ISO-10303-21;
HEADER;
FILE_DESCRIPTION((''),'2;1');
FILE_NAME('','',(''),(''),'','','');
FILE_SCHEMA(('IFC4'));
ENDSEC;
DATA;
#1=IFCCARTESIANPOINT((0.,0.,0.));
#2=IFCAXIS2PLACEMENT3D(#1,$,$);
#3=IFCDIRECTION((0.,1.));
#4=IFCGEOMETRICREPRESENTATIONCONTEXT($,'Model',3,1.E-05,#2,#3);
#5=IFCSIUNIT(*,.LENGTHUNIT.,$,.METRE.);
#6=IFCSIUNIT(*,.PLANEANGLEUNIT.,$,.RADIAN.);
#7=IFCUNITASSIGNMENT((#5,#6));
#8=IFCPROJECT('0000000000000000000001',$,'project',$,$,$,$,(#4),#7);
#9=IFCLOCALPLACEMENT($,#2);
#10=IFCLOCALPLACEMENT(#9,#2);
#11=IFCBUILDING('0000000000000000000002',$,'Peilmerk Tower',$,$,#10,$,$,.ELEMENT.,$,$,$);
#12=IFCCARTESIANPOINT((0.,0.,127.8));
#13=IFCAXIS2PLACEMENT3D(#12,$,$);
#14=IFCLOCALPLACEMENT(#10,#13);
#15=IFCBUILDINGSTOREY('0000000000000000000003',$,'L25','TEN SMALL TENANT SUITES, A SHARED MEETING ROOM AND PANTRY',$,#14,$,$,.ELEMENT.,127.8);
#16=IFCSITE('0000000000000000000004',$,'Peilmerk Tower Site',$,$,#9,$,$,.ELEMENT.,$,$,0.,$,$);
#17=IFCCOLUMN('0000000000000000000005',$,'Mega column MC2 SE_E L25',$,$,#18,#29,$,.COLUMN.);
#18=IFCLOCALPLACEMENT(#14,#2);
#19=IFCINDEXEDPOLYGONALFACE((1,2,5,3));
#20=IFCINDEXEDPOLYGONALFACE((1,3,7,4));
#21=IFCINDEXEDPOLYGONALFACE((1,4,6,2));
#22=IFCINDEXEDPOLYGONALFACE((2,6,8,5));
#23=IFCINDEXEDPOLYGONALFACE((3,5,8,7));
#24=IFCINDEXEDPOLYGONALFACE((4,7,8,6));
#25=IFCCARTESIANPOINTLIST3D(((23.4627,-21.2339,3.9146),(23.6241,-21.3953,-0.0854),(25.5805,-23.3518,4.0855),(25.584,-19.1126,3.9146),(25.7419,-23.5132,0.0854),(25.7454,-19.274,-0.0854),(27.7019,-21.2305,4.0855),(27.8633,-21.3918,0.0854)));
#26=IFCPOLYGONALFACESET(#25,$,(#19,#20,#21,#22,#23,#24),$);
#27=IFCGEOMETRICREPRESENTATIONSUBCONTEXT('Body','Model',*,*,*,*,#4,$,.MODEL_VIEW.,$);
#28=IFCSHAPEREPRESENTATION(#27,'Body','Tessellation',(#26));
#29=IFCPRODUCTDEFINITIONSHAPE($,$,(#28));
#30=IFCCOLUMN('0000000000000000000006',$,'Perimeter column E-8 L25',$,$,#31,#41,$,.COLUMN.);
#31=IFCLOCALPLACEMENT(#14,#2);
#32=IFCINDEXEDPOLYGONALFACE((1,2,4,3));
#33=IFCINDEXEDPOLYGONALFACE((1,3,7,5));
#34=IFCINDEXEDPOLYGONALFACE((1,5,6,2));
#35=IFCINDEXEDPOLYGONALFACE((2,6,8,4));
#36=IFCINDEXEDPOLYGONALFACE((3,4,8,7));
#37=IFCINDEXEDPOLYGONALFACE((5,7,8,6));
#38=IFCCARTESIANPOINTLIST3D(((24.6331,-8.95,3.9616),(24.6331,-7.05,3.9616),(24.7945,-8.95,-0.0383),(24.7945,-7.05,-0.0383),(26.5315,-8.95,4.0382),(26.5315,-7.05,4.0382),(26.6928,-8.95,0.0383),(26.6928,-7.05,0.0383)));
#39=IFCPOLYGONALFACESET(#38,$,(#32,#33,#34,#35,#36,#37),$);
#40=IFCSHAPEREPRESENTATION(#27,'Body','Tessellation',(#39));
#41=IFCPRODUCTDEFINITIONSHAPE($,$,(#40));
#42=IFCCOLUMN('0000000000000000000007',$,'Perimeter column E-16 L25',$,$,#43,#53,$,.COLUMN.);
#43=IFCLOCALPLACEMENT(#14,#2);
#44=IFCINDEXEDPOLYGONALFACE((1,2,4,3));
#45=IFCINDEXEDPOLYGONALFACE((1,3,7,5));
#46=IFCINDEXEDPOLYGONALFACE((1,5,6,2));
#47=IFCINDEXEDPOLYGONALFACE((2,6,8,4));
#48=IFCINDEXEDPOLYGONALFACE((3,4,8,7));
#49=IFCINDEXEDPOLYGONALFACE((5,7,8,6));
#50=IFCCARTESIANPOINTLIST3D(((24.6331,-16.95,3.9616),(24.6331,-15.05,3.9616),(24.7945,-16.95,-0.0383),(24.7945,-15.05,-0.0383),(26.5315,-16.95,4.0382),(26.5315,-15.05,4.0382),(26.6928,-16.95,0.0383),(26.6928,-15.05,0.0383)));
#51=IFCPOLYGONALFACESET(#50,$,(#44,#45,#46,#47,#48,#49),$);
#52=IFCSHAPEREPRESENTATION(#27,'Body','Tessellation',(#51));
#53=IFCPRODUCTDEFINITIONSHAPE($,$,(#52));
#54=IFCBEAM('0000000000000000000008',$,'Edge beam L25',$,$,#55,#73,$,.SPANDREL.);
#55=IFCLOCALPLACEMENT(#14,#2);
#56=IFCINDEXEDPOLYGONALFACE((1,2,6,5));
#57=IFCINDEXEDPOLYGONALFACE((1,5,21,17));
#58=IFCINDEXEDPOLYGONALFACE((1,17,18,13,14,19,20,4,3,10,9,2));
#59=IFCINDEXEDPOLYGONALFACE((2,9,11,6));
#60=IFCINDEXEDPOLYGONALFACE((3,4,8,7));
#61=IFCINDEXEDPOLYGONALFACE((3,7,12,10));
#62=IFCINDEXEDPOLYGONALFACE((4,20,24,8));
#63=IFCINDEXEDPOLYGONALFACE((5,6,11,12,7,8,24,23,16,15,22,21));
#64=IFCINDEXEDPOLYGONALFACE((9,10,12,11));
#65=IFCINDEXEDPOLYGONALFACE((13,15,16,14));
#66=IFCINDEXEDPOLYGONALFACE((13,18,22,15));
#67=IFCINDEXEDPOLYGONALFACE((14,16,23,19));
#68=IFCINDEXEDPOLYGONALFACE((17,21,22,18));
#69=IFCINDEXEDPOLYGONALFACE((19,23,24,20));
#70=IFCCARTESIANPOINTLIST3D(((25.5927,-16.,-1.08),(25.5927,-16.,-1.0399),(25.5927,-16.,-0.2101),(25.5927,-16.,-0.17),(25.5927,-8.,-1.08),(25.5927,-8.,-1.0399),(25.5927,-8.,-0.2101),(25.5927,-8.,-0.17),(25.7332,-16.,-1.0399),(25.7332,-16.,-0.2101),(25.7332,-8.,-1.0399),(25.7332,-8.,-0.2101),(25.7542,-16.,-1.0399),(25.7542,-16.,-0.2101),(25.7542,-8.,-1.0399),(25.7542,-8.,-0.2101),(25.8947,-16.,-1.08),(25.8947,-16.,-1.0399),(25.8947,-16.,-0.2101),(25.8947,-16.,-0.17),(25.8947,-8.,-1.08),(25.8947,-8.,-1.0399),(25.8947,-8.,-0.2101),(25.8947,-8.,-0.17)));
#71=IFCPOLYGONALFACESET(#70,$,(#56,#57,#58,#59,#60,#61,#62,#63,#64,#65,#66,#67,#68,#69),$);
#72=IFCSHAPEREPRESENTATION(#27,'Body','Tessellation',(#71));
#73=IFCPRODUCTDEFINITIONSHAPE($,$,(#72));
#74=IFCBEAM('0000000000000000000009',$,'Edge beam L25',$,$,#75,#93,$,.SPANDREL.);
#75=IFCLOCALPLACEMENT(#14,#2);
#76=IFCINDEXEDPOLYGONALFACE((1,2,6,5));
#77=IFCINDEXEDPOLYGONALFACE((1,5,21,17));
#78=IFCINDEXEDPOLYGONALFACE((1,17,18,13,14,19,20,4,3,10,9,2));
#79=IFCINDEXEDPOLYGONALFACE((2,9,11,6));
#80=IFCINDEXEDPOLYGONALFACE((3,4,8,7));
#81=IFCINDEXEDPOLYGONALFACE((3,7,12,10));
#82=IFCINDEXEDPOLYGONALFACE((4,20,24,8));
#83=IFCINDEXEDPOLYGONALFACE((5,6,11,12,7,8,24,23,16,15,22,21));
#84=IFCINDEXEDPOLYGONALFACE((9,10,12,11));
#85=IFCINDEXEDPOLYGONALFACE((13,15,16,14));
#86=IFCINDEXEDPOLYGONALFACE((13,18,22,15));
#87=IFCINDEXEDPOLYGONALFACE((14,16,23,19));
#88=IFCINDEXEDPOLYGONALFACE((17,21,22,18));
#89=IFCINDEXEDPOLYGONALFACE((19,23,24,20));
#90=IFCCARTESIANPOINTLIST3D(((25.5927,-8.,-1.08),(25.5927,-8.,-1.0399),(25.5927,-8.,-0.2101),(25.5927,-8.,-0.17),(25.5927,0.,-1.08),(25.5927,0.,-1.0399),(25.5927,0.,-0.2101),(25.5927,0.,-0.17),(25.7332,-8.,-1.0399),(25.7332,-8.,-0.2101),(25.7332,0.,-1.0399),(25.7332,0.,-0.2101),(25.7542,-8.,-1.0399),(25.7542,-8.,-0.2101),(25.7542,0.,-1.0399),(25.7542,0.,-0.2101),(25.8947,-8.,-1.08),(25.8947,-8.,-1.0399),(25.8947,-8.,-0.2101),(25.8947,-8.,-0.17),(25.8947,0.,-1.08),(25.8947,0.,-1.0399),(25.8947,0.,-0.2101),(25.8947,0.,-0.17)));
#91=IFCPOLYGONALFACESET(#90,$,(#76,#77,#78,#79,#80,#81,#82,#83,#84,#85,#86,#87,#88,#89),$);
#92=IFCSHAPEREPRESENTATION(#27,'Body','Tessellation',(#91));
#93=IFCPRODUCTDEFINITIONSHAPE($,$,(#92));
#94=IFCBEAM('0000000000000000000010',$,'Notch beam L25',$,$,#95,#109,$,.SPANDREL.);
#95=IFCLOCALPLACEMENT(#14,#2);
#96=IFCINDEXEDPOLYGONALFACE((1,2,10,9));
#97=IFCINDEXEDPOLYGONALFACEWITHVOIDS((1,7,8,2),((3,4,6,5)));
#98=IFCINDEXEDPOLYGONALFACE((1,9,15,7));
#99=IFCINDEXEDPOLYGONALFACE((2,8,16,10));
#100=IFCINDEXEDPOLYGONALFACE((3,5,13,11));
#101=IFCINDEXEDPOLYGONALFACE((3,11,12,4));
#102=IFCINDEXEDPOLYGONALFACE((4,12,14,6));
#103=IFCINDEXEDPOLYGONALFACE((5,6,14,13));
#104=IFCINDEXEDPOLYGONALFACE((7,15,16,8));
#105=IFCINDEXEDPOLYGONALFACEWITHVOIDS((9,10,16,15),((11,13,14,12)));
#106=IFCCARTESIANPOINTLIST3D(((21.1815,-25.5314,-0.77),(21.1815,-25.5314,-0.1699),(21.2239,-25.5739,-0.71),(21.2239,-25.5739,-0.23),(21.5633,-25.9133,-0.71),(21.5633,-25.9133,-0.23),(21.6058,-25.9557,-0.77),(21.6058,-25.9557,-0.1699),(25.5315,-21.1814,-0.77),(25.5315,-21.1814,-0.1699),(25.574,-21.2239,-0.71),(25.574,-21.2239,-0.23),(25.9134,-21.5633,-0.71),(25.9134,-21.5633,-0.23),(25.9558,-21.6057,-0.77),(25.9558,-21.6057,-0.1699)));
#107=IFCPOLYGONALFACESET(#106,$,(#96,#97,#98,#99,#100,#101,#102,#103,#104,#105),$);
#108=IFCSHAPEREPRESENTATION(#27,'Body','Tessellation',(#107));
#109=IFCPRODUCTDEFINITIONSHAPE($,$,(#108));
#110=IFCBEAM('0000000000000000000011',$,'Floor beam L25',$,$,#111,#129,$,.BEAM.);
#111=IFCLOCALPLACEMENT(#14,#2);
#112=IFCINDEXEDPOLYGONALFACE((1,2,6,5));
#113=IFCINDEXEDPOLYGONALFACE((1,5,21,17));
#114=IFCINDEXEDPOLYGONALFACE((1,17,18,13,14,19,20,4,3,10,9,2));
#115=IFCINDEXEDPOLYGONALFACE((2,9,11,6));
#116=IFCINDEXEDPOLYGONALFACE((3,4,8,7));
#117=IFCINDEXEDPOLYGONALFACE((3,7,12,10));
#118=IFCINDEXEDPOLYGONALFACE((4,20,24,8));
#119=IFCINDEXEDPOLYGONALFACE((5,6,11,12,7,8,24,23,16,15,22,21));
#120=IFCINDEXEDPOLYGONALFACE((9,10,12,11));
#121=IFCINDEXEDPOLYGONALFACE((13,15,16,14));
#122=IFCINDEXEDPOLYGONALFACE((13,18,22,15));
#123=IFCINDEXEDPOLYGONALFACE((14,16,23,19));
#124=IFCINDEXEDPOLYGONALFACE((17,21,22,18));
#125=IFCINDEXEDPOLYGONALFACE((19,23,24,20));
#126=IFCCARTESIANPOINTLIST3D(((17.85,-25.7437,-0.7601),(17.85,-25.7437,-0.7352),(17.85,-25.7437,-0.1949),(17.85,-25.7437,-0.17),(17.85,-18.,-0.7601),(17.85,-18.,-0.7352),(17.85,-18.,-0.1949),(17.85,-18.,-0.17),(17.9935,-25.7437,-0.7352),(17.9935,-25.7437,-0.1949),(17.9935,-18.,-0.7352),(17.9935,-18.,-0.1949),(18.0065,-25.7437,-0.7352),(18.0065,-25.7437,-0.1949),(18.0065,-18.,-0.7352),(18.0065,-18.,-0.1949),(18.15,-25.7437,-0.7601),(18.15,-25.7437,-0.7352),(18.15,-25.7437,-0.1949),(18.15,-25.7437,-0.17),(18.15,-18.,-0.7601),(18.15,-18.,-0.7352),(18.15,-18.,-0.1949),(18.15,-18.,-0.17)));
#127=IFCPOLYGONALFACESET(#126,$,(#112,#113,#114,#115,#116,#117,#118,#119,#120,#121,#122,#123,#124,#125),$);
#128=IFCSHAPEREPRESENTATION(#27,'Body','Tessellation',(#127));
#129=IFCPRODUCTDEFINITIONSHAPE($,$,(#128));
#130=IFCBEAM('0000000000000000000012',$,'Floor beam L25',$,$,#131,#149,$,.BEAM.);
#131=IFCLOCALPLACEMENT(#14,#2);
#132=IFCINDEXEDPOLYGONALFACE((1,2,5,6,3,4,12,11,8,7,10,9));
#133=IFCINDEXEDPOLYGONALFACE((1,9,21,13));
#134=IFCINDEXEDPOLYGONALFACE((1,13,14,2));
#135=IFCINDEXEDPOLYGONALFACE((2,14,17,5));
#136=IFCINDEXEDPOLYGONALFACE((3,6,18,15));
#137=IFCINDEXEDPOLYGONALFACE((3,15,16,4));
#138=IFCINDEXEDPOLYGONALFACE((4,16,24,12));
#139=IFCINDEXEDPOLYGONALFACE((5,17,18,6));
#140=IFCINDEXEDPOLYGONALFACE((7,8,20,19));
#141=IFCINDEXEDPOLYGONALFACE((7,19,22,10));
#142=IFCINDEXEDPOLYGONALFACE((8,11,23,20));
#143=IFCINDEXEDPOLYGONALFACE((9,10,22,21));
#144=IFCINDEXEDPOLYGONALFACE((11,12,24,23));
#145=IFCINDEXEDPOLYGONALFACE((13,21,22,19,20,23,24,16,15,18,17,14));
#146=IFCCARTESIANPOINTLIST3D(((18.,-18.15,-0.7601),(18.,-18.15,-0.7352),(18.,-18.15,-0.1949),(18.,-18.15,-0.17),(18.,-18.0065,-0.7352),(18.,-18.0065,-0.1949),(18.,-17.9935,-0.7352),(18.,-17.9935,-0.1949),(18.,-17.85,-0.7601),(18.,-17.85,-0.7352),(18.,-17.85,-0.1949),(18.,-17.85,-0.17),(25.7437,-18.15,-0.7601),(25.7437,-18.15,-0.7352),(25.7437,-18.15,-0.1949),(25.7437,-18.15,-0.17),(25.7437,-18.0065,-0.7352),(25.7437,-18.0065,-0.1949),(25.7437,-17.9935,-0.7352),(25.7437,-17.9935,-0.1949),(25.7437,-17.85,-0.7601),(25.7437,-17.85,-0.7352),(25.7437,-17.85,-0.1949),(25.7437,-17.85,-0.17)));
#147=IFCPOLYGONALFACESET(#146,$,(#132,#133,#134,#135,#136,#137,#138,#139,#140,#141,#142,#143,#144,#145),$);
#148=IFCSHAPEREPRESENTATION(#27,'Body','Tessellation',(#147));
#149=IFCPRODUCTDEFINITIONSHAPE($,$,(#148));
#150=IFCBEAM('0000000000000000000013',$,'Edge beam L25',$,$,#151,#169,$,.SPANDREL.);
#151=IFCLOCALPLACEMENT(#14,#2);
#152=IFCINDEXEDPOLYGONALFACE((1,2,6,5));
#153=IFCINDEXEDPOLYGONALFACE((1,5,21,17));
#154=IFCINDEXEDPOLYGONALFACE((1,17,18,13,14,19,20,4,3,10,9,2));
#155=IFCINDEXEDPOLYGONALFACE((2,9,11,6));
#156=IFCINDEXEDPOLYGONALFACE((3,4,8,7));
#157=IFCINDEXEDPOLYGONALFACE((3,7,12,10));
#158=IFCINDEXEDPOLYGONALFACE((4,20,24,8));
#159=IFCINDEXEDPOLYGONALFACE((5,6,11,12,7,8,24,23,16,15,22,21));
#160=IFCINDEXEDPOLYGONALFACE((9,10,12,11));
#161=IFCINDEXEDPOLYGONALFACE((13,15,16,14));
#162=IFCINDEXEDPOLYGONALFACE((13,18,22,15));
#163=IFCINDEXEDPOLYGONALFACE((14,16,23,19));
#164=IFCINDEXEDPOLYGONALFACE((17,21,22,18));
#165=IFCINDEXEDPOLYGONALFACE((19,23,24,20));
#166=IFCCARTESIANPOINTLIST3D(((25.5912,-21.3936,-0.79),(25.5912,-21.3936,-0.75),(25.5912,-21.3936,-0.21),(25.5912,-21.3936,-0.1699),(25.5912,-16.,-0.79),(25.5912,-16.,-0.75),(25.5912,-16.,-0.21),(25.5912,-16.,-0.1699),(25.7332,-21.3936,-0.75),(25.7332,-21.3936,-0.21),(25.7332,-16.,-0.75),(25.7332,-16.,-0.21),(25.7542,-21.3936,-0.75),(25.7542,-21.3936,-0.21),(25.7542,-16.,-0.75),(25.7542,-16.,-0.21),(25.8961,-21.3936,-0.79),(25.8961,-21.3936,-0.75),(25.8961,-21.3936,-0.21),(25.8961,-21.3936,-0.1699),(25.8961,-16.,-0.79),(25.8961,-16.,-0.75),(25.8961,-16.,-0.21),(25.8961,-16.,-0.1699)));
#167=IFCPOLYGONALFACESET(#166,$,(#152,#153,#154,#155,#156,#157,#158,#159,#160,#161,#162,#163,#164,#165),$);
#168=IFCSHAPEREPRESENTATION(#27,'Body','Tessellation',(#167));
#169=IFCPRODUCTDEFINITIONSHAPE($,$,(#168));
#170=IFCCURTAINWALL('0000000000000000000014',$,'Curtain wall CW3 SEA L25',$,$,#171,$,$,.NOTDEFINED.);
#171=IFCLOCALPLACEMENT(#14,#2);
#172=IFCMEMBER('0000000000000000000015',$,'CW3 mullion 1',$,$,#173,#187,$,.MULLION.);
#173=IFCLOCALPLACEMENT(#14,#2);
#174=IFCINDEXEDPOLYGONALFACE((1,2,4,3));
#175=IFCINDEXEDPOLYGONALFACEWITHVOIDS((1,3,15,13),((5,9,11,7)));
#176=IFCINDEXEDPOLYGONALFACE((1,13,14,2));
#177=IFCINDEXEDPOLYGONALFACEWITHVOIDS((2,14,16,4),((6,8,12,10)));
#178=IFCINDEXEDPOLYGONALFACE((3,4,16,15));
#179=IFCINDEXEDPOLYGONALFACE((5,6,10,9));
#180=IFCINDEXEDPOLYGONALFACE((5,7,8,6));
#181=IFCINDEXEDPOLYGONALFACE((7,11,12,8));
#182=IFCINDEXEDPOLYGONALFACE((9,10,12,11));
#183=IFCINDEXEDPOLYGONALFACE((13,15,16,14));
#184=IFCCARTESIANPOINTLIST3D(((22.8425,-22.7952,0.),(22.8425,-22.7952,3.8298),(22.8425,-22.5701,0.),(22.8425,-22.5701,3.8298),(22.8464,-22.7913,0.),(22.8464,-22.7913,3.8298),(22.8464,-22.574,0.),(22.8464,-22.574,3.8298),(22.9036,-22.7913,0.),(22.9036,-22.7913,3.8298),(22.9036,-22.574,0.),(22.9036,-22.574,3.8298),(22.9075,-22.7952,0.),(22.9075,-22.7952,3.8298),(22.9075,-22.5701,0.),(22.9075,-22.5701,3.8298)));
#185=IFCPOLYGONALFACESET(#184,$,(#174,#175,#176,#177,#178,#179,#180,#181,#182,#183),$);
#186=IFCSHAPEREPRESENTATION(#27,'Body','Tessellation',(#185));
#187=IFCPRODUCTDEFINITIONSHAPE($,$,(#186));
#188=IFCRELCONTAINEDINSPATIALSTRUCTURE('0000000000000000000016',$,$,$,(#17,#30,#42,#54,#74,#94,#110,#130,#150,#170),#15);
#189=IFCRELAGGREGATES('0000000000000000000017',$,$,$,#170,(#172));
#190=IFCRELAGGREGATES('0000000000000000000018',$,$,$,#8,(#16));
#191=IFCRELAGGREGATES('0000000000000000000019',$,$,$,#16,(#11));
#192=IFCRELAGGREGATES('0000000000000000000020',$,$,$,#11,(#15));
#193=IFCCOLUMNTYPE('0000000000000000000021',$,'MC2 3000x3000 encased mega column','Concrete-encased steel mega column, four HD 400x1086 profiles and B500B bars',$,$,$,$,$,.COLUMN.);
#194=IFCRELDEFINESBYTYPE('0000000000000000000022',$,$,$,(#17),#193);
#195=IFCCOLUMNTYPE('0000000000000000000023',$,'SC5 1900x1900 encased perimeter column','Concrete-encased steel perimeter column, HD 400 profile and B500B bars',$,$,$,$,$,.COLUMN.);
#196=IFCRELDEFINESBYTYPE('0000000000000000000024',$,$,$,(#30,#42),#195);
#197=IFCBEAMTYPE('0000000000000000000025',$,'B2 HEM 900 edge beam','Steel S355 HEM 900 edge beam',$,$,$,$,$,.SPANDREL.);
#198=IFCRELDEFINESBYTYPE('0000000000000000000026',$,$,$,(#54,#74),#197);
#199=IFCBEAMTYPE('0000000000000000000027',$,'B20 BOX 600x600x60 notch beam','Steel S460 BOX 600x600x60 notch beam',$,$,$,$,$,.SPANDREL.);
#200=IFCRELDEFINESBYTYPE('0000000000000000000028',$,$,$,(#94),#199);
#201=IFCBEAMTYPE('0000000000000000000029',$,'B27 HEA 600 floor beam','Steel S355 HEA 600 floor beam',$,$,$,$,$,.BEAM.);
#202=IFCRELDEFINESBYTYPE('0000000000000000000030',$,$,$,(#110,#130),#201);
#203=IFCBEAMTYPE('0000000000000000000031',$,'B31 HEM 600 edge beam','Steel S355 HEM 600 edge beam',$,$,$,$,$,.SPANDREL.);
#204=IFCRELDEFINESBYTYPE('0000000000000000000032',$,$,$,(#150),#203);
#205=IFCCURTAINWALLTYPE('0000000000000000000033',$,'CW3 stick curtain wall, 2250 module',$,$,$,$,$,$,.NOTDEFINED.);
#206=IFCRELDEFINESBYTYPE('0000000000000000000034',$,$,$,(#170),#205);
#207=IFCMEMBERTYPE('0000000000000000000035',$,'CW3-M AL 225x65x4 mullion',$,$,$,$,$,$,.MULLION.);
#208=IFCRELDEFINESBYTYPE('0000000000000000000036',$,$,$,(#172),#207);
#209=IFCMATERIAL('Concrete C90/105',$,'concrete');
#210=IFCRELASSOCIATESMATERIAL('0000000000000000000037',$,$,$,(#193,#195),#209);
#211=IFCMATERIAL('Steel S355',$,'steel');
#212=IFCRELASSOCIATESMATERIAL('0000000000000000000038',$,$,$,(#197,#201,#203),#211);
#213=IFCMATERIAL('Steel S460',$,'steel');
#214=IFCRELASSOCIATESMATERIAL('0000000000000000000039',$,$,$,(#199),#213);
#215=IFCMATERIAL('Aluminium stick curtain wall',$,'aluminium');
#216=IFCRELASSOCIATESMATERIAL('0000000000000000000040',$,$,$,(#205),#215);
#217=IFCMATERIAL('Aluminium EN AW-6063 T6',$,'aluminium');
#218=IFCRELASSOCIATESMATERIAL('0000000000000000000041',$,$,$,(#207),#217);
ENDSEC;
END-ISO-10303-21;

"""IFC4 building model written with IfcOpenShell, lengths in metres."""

from ifc_helpers import new_model, si_unit, direction, frame, origin, origin_2d, place, context, subcontext, project, spatial, rectangle, hollow_rectangle, i_section, extrude, material, material_profile, profile_set, type_object, element, aggregate, save


model = new_model("IFC4")

# Units and contexts
model_context = context("Model", 3, precision=1e-05, world=origin(), true_north=direction((0.0, 1.0)))
body_context = subcontext(model_context, "Body", "Model", "MODEL_VIEW")
ifc_project = project(units=[si_unit("LENGTHUNIT", "METRE"), si_unit("PLANEANGLEUNIT", "RADIAN")], contexts=[model_context])

# Site, building, storey
site_placement = place(None, origin())
site = spatial("IfcSite", under=ifc_project, at=site_placement, Name="Peilmerk Tower Site", CompositionType="ELEMENT", RefElevation=0.0)
building_placement = place(site_placement, origin())
building = spatial("IfcBuilding", under=site, at=building_placement, Name="Peilmerk Tower", CompositionType="ELEMENT")
storey_placement = place(building_placement, frame((0.0, 0.0, 127.8)))
storey = spatial("IfcBuildingStorey", under=building, at=storey_placement, Name="L25", Description="TEN SMALL TENANT SUITES, A SHARED MEETING ROOM AND PANTRY", CompositionType="ELEMENT", Elevation=127.8)

# Columns
ifc_material_1 = material(Name="Concrete C90/105", Category="concrete")
ifc_material_profile_1 = material_profile(ifc_material_1, rectangle(XDim=3.0, YDim=3.0, at=origin_2d()), Name="RC 3000x3000")
ifc_profile_set_1 = profile_set([ifc_material_profile_1], Name="Concrete C90/105")
column_type_1 = type_object("IfcColumnType", Name="MC2 3000x3000 encased mega column", Description="Concrete-encased steel mega column, four HD 400x1086 profiles and B500B bars", PredefinedType="COLUMN", material=ifc_profile_set_1)
column_placement = place(storey_placement, frame((25.7437, -21.3936, 0.0), z_axis=(-0.040279, 0.040279, 0.998376), x_axis=(-0.707107, -0.707107, 0.0)))
element("IfcColumn", 1, at=column_placement, inside=storey, type_object=column_type_1, Name="Mega column MC2 SE_E L25", PredefinedType="COLUMN", context=body_context, shape_type="SweptSolid", body=[
    extrude(rectangle(XDim=3.0, YDim=3.0, at=origin_2d()), origin(), (0.0, 0.0, 1.0), 4.0066),
])
ifc_material_profile_2 = material_profile(ifc_material_1, rectangle(XDim=1.8999, YDim=1.8999, at=origin_2d()), Name="RC 1900x1900")
ifc_profile_set_2 = profile_set([ifc_material_profile_2], Name="Concrete C90/105")
column_type_2 = type_object("IfcColumnType", Name="SC5 1900x1900 encased perimeter column", Description="Concrete-encased steel perimeter column, HD 400 profile and B500B bars", PredefinedType="COLUMN", material=ifc_profile_set_2)
for number, where, z_axis, x_axis, name in (
    (2, (25.7437, -8.0, 0.0), (-0.040311, 0.0, 0.999187), (0.0, -1.0, 0.0), "Perimeter column E-8 L25"),
    (3, (25.7437, -16.0, 0.0), (-0.040311, 0.0, 0.999187), (0.0, -1.0, 0.0), "Perimeter column E-16 L25"),
):
    element("IfcColumn", number, at=place(storey_placement, frame(where, z_axis=z_axis, x_axis=x_axis)), inside=storey, type_object=column_type_2, Name=name, PredefinedType="COLUMN", context=body_context, shape_type="SweptSolid", body=[
        extrude(rectangle(XDim=1.8999, YDim=1.8999, at=origin_2d()), origin(), (0.0, 0.0, 1.0), 4.0032),
    ])

# Beams
ifc_material_2 = material(Name="Steel S355", Category="steel")
ifc_material_profile_3 = material_profile(ifc_material_2, i_section(OverallWidth=0.302, OverallDepth=0.9099, WebThickness=0.021, FlangeThickness=0.04, at=origin_2d()), Name="HEM 900")
ifc_profile_set_3 = profile_set([ifc_material_profile_3], Name="Steel S355")
beam_type_1 = type_object("IfcBeamType", Name="B2 HEM 900 edge beam", Description="Steel S355 HEM 900 edge beam", PredefinedType="SPANDREL", material=ifc_profile_set_3)
for number, where, z_axis, x_axis, name in (
    (4, (25.7437, -16.0, -0.625), (0.0, 1.0, 0.0), (-1.0, 0.0, 0.0), "Edge beam L25"),
    (5, (25.7437, -8.0, -0.625), (0.0, 1.0, 0.0), (-1.0, 0.0, 0.0), "Edge beam L25"),
):
    element("IfcBeam", number, at=place(storey_placement, frame(where, z_axis=z_axis, x_axis=x_axis)), inside=storey, type_object=beam_type_1, Name=name, PredefinedType="SPANDREL", context=body_context, shape_type="SweptSolid", body=[
        extrude(i_section(OverallWidth=0.302, OverallDepth=0.9099, WebThickness=0.021, FlangeThickness=0.04, at=origin_2d()), origin(), (0.0, 0.0, 1.0), 8.0),
    ])
ifc_material_3 = material(Name="Steel S460", Category="steel")
ifc_material_profile_4 = material_profile(ifc_material_3, hollow_rectangle(XDim=0.6001, YDim=0.6001, WallThickness=0.0601, at=origin_2d()), Name="BOX 600x600x60")
ifc_profile_set_4 = profile_set([ifc_material_profile_4], Name="Steel S460")
beam_type_2 = type_object("IfcBeamType", Name="B20 BOX 600x600x60 notch beam", Description="Steel S460 BOX 600x600x60 notch beam", PredefinedType="SPANDREL", material=ifc_profile_set_4)
beam_1_placement = place(storey_placement, frame((25.7437, -21.3936, -0.47), z_axis=(-0.707107, -0.707107, 0.0), x_axis=(0.707107, -0.707107, 0.0)))
element("IfcBeam", 6, at=beam_1_placement, inside=storey, type_object=beam_type_2, Name="Notch beam L25", PredefinedType="SPANDREL", context=body_context, shape_type="SweptSolid", body=[
    extrude(hollow_rectangle(XDim=0.6001, YDim=0.6001, WallThickness=0.0601, at=origin_2d()), origin(), (0.0, 0.0, 1.0), 6.1519),
])
ifc_material_profile_5 = material_profile(ifc_material_2, i_section(OverallWidth=0.3, OverallDepth=0.5901, WebThickness=0.0129, FlangeThickness=0.0249, at=origin_2d()), Name="HEA 600")
ifc_profile_set_5 = profile_set([ifc_material_profile_5], Name="Steel S355")
beam_type_3 = type_object("IfcBeamType", Name="B27 HEA 600 floor beam", Description="Steel S355 HEA 600 floor beam", PredefinedType="BEAM", material=ifc_profile_set_5)
for number, where, z_axis, x_axis, name in (
    (7, (18.0, -18.0, -0.4651), (0.0, -1.0, 0.0), (1.0, 0.0, 0.0), "Floor beam L25"),
    (8, (18.0, -18.0, -0.4651), (1.0, 0.0, 0.0), (0.0, 1.0, 0.0), "Floor beam L25"),
):
    element("IfcBeam", number, at=place(storey_placement, frame(where, z_axis=z_axis, x_axis=x_axis)), inside=storey, type_object=beam_type_3, Name=name, PredefinedType="BEAM", context=body_context, shape_type="SweptSolid", body=[
        extrude(i_section(OverallWidth=0.3, OverallDepth=0.5901, WebThickness=0.0129, FlangeThickness=0.0249, at=origin_2d()), origin(), (0.0, 0.0, 1.0), 7.7437),
    ])
ifc_material_profile_6 = material_profile(ifc_material_2, i_section(OverallWidth=0.3049, OverallDepth=0.6201, WebThickness=0.021, FlangeThickness=0.04, at=origin_2d()), Name="HEM 600")
ifc_profile_set_6 = profile_set([ifc_material_profile_6], Name="Steel S355")
beam_type_4 = type_object("IfcBeamType", Name="B31 HEM 600 edge beam", Description="Steel S355 HEM 600 edge beam", PredefinedType="SPANDREL", material=ifc_profile_set_6)
beam_2_placement = place(storey_placement, frame((25.7437, -21.3936, -0.48), z_axis=(0.0, 1.0, 0.0), x_axis=(-1.0, 0.0, 0.0)))
element("IfcBeam", 9, at=beam_2_placement, inside=storey, type_object=beam_type_4, Name="Edge beam L25", PredefinedType="SPANDREL", context=body_context, shape_type="SweptSolid", body=[
    extrude(i_section(OverallWidth=0.3049, OverallDepth=0.6201, WebThickness=0.021, FlangeThickness=0.04, at=origin_2d()), origin(), (0.0, 0.0, 1.0), 5.3936),
])

# Curtain wall, member
ifc_material_4 = material(Name="Aluminium stick curtain wall", Category="aluminium")
curtain_wall_type = type_object("IfcCurtainWallType", Name="CW3 stick curtain wall, 2250 module", PredefinedType="NOTDEFINED", material=ifc_material_4)
curtain_wall_1_placement = place(storey_placement, origin())
curtain_wall_1 = element("IfcCurtainWall", 10, at=curtain_wall_1_placement, inside=storey, type_object=curtain_wall_type, Name="Curtain wall CW3 SEA L25", PredefinedType="NOTDEFINED")
ifc_material_5 = material(Name="Aluminium EN AW-6063 T6", Category="aluminium")
ifc_material_profile_7 = material_profile(ifc_material_5, hollow_rectangle(XDim=0.0649, YDim=0.2251, WallThickness=0.0039, at=origin_2d()), Name="AL 225x65x4")
ifc_profile_set_7 = profile_set([ifc_material_profile_7], Name="Aluminium EN AW-6063 T6")
member_type_1 = type_object("IfcMemberType", Name="CW3-M AL 225x65x4 mullion", PredefinedType="MULLION", material=ifc_profile_set_7)
member_1_placement = place(storey_placement, frame((22.875, -22.6826, 0.0), z_axis=(0.0, 0.0, 1.0), x_axis=(1.0, 0.0, 0.0)))
member_1 = element("IfcMember", 11, at=member_1_placement, type_object=member_type_1, Name="CW3 mullion 1", PredefinedType="MULLION", context=body_context, shape_type="SweptSolid", body=[
    extrude(hollow_rectangle(XDim=0.0649, YDim=0.2251, WallThickness=0.0039, at=origin_2d()), origin(), (0.0, 0.0, 1.0), 3.8298),
])

aggregate(curtain_wall_1, [member_1])

save(model, "model.ifc")
